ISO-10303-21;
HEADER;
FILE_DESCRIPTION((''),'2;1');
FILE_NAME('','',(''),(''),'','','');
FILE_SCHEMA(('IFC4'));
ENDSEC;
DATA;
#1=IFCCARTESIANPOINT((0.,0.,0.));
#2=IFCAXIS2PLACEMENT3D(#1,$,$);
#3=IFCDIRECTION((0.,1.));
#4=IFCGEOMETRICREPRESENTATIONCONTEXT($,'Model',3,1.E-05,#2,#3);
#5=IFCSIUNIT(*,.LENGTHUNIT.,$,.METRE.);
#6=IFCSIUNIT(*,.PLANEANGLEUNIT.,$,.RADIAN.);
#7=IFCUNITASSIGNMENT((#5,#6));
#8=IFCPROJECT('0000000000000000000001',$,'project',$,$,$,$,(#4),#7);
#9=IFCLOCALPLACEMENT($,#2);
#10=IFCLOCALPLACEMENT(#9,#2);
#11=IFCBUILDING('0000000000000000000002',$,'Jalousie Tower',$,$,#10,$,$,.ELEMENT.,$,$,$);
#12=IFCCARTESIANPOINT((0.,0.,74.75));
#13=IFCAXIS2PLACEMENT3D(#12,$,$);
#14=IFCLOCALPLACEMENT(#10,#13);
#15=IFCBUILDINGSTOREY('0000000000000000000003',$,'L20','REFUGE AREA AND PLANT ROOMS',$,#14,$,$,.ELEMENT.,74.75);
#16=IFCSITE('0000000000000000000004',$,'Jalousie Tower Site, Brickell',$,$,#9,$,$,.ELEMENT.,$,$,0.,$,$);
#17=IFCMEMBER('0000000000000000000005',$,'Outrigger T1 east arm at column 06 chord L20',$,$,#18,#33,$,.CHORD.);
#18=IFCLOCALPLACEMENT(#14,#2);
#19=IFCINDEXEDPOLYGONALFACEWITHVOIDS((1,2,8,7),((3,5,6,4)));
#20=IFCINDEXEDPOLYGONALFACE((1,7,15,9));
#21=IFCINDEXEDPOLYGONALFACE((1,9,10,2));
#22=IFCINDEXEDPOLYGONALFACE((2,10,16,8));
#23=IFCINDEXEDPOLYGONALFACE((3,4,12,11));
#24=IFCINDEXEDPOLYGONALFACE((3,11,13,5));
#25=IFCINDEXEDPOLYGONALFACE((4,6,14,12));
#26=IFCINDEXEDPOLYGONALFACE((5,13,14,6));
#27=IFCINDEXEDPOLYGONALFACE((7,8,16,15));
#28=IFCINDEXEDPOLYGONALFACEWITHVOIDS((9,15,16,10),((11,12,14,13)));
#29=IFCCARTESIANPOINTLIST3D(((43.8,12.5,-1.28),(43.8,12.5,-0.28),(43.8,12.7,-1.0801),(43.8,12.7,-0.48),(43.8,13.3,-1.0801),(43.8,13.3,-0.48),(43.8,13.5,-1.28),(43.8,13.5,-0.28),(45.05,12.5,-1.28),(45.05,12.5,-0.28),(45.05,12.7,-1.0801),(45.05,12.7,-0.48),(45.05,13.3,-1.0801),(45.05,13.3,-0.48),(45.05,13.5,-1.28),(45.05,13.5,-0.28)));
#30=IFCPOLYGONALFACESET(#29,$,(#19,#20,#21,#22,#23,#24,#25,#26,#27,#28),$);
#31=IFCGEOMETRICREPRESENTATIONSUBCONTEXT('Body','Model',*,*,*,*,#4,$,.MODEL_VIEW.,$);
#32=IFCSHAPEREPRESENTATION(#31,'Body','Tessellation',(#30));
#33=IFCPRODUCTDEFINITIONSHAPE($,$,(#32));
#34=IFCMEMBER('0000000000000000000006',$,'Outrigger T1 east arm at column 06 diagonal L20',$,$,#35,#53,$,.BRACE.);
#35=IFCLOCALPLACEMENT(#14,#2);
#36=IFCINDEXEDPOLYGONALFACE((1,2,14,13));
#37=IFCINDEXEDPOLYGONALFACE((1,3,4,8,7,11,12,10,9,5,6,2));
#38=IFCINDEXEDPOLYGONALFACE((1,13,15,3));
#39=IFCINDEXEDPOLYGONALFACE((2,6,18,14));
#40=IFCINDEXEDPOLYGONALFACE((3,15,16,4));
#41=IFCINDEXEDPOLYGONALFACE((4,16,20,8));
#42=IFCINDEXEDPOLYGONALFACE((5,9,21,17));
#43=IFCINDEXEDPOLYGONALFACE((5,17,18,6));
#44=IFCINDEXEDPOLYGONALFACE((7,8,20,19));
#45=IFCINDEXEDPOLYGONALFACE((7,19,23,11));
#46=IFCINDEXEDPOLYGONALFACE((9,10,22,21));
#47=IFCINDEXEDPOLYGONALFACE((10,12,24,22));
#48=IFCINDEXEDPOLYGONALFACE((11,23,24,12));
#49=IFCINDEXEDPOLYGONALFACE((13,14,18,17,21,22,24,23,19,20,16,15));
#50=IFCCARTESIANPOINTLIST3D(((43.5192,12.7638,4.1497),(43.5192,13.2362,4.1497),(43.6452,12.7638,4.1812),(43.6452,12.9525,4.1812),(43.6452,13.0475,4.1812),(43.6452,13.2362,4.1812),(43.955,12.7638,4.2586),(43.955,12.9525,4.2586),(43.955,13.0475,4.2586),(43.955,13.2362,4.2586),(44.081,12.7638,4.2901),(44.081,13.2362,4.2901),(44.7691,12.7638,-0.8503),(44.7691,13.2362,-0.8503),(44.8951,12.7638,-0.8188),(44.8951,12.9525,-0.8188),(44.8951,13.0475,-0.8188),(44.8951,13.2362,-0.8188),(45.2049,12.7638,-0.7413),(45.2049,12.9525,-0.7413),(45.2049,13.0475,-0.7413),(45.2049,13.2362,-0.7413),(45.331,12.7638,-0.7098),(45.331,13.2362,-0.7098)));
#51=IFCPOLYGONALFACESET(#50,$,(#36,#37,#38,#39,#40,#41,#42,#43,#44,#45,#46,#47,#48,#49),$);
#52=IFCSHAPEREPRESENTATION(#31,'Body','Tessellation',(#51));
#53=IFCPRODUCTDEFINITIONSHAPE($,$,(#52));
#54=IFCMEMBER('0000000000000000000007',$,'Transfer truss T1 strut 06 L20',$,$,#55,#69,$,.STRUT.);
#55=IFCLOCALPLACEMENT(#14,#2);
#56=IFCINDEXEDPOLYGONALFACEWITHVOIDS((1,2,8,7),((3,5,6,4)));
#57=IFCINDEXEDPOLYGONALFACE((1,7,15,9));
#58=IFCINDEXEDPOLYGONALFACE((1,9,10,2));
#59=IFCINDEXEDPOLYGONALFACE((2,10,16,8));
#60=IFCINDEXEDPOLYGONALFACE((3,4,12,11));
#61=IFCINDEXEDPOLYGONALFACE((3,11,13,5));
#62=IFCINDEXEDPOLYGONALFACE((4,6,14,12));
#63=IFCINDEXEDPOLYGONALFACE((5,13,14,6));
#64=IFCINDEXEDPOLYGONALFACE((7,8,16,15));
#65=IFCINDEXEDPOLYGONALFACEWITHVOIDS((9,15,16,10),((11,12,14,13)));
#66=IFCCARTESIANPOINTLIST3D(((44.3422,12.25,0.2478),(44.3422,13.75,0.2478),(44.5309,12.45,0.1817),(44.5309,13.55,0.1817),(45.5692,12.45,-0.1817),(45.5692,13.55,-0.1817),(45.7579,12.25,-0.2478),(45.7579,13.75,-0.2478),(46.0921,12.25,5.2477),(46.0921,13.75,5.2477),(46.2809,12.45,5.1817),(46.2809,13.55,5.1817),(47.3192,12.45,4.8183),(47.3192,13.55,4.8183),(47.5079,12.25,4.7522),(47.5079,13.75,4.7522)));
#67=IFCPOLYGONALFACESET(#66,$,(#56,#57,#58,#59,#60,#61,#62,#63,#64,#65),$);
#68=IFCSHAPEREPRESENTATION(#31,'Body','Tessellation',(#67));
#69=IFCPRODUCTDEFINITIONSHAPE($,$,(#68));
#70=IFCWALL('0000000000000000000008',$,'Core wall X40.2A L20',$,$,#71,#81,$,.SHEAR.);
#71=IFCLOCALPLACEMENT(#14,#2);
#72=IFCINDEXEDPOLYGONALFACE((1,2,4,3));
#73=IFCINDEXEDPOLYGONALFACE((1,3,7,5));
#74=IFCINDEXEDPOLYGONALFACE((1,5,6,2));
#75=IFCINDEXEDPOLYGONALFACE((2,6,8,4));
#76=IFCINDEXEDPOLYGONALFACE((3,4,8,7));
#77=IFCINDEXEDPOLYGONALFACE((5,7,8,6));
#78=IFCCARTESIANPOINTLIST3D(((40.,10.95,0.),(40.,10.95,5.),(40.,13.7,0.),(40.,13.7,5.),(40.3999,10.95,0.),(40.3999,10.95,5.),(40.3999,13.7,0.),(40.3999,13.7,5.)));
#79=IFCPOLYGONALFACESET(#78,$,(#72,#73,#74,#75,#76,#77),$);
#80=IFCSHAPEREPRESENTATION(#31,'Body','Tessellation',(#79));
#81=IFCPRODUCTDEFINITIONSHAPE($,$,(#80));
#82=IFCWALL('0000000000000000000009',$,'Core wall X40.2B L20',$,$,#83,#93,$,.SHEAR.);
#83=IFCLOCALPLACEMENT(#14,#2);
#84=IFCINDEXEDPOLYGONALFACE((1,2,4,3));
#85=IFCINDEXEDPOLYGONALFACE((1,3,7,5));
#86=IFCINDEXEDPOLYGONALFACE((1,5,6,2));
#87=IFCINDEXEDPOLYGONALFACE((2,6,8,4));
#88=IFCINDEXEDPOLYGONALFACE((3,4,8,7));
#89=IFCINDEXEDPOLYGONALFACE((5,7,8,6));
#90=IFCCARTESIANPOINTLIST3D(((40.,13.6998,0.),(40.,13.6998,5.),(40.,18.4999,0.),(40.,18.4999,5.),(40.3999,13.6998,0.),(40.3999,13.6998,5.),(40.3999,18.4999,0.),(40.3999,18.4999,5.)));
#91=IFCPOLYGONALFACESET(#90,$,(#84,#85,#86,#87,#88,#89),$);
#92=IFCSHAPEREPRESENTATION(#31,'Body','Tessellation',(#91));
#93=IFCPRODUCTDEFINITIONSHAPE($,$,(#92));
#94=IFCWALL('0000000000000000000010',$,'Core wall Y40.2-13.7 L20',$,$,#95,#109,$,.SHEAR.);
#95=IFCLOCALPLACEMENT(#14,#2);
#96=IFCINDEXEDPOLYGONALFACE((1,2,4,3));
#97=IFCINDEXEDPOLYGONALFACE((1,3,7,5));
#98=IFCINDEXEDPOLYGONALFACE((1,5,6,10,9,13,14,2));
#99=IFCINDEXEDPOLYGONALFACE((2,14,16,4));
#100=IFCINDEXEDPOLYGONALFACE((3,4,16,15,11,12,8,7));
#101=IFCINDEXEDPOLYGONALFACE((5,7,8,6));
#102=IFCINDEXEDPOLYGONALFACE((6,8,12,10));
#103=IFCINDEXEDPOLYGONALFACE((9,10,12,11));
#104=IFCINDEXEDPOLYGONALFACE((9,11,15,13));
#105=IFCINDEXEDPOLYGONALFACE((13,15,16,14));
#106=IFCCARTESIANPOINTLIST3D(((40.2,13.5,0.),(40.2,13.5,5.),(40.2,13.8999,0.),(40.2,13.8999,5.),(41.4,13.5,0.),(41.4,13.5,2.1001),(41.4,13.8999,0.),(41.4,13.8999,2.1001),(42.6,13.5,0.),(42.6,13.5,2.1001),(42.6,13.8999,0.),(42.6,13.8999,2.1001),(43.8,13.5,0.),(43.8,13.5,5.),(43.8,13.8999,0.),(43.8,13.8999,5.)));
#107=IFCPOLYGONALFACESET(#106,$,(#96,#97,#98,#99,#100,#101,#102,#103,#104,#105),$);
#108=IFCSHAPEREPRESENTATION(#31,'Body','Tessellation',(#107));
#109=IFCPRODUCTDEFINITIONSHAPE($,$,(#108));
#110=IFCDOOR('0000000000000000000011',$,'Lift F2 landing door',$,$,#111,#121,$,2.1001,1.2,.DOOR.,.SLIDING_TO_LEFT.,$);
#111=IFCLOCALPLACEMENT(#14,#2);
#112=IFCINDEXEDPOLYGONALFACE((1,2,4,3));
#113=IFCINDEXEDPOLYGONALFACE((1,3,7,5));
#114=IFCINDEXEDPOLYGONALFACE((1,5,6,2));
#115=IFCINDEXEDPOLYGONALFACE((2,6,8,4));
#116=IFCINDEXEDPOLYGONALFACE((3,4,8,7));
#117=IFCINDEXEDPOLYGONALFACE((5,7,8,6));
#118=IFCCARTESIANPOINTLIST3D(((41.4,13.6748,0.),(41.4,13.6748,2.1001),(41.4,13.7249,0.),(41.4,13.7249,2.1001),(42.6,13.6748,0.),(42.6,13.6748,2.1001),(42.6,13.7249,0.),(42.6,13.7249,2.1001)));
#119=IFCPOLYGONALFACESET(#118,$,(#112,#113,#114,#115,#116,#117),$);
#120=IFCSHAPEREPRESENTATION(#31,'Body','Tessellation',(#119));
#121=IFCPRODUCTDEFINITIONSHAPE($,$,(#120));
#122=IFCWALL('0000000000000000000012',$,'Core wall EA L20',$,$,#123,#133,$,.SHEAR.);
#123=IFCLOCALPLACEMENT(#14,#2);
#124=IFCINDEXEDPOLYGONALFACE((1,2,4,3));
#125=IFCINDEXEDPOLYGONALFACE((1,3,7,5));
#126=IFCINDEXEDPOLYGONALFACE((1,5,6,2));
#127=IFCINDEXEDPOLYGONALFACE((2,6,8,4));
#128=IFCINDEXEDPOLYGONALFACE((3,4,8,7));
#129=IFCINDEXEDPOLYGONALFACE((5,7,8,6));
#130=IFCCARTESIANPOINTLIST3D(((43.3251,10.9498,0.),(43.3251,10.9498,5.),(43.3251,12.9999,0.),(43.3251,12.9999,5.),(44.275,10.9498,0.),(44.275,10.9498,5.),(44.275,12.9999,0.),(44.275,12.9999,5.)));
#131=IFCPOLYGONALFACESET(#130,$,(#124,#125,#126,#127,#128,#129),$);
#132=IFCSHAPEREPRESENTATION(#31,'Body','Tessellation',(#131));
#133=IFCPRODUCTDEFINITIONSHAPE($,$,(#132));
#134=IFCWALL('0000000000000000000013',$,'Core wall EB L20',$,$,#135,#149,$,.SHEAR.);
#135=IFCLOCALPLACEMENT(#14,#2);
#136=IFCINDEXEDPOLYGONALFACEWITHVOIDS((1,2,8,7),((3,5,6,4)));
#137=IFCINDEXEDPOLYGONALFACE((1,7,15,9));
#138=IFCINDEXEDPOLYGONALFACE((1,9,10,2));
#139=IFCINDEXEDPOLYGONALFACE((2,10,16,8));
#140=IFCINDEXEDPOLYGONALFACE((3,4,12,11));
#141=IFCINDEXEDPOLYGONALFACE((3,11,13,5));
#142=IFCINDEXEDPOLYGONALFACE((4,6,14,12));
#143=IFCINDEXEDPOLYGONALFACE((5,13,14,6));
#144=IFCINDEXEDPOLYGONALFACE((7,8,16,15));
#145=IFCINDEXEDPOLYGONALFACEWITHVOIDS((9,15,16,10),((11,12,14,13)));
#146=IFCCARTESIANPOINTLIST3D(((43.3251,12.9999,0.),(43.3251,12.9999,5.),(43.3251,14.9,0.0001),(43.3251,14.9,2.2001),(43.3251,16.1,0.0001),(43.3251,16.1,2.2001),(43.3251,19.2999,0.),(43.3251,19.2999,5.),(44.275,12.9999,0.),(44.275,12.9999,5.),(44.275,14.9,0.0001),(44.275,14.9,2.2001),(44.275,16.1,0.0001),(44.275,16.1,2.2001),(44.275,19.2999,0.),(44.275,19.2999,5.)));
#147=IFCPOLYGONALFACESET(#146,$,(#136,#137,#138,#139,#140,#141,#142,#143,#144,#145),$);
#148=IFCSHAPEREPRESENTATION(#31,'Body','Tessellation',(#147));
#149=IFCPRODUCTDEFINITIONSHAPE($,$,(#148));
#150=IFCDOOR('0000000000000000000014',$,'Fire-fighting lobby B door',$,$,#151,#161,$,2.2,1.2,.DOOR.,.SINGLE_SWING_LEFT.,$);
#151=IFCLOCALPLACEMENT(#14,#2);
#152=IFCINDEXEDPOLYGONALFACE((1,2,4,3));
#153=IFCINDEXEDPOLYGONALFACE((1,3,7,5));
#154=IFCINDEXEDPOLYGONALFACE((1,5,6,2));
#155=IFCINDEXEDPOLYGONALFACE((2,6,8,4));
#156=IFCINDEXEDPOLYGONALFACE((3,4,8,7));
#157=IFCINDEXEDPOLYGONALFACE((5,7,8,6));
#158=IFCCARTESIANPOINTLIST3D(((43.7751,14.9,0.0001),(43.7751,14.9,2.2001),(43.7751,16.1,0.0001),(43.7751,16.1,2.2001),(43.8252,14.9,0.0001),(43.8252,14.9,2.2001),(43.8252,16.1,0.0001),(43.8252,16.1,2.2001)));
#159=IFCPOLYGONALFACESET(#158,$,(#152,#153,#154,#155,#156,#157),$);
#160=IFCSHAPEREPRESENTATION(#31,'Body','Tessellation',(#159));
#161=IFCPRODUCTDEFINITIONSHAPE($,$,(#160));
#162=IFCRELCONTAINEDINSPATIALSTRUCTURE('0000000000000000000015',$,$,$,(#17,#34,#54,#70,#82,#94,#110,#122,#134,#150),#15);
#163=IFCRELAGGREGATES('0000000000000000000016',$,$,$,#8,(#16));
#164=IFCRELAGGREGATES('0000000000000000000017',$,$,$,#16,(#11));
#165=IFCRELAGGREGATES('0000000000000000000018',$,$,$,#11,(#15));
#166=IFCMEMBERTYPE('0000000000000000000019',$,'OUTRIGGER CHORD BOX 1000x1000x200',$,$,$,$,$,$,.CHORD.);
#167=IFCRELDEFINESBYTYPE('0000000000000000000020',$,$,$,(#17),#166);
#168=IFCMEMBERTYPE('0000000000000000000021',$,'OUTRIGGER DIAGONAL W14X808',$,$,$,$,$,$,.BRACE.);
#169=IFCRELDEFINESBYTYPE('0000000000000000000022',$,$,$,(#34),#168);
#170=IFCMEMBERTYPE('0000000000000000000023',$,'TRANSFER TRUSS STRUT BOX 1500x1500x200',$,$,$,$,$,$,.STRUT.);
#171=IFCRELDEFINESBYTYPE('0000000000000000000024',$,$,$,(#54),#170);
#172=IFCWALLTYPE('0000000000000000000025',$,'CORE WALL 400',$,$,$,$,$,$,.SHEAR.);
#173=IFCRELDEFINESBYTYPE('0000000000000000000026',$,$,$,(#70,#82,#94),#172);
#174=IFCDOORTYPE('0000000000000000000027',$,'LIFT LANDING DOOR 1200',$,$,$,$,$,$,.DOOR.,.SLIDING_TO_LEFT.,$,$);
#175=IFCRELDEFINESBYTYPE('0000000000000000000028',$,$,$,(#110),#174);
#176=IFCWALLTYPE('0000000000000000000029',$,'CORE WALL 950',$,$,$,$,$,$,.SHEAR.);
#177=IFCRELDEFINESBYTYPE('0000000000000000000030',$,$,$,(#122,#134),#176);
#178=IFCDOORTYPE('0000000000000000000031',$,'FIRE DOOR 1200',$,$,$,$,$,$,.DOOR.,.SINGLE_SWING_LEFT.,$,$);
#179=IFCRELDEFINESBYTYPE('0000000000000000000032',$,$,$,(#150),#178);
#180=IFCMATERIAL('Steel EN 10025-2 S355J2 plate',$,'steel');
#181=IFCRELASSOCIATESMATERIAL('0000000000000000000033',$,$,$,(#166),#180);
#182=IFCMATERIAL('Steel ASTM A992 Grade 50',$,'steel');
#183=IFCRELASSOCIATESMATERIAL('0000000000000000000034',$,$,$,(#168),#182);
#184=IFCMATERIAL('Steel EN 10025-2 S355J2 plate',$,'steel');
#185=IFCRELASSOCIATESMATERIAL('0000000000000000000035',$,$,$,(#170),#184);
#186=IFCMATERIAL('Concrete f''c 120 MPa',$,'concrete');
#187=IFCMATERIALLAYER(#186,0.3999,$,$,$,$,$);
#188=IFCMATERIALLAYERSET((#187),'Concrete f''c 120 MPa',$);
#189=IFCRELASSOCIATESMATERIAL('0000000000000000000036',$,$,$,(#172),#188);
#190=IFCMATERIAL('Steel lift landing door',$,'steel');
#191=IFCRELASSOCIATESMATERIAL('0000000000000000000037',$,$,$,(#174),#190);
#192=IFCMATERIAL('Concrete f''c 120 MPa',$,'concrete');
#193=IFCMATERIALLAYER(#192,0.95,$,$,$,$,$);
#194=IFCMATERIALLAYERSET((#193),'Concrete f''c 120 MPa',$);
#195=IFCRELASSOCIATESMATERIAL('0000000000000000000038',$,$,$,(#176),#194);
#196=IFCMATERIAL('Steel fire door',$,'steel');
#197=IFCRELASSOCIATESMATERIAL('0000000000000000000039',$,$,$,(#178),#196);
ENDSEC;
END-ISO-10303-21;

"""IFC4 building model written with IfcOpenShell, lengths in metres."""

from ifc_helpers import new_model, si_unit, direction, frame, frame_2d, origin, origin_2d, place, context, subcontext, project, spatial, rectangle, hollow_rectangle, i_section, extrude, material, layer, layer_set, material_profile, profile_set, type_object, element, fill, save


model = new_model("IFC4")

# Units and contexts
model_context = context("Model", 3, precision=1e-05, world=origin(), true_north=direction((0.0, 1.0)))
body_context = subcontext(model_context, "Body", "Model", "MODEL_VIEW")
ifc_project = project(units=[si_unit("LENGTHUNIT", "METRE"), si_unit("PLANEANGLEUNIT", "RADIAN")], contexts=[model_context])

# Site, building, storey
site_placement = place(None, origin())
site = spatial("IfcSite", under=ifc_project, at=site_placement, Name="Jalousie Tower Site, Brickell", CompositionType="ELEMENT", RefElevation=0.0)
building_placement = place(site_placement, origin())
building = spatial("IfcBuilding", under=site, at=building_placement, Name="Jalousie Tower", CompositionType="ELEMENT")
storey_placement = place(building_placement, frame((0.0, 0.0, 74.75)))
storey = spatial("IfcBuildingStorey", under=building, at=storey_placement, Name="L20", Description="REFUGE AREA AND PLANT ROOMS", CompositionType="ELEMENT", Elevation=74.75)

# Members
ifc_material_1 = material(Name="Steel EN 10025-2 S355J2 plate", Category="steel")
ifc_material_profile_1 = material_profile(ifc_material_1, hollow_rectangle(XDim=1.0, YDim=1.0, WallThickness=0.2, at=origin_2d()), Name="BOX 1000x1000x200")
ifc_profile_set_1 = profile_set([ifc_material_profile_1], Name="Steel EN 10025-2 S355J2 plate")
member_type_1 = type_object("IfcMemberType", Name="OUTRIGGER CHORD BOX 1000x1000x200", PredefinedType="CHORD", material=ifc_profile_set_1)
member_1_placement = place(storey_placement, frame((45.05, 13.0, -0.78), z_axis=(-1.0, 0.0, 0.0), x_axis=(0.0, -1.0, 0.0)))
element("IfcMember", 1, at=member_1_placement, inside=storey, type_object=member_type_1, Name="Outrigger T1 east arm at column 06 chord L20", PredefinedType="CHORD", context=body_context, shape_type="SweptSolid", body=[
    extrude(hollow_rectangle(XDim=1.0, YDim=1.0, WallThickness=0.2, at=origin_2d()), origin(), (0.0, 0.0, 1.0), 1.25),
])
ifc_material_2 = material(Name="Steel ASTM A992 Grade 50", Category="steel")
ifc_material_profile_2 = material_profile(ifc_material_2, i_section(OverallWidth=0.4724, OverallDepth=0.5791, WebThickness=0.095, FlangeThickness=0.1299, at=origin_2d()), Name="W14X808")
ifc_profile_set_2 = profile_set([ifc_material_profile_2], Name="Steel ASTM A992 Grade 50")
member_type_2 = type_object("IfcMemberType", Name="OUTRIGGER DIAGONAL W14X808", PredefinedType="BRACE", material=ifc_profile_set_2)
member_2_placement = place(storey_placement, frame((45.05, 13.0, -0.78), z_axis=(-0.242536, 0.0, 0.970143), x_axis=(0.0, -1.0, 0.0)))
element("IfcMember", 2, at=member_2_placement, inside=storey, type_object=member_type_2, Name="Outrigger T1 east arm at column 06 diagonal L20", PredefinedType="BRACE", context=body_context, shape_type="SweptSolid", body=[
    extrude(i_section(OverallWidth=0.4724, OverallDepth=0.5791, WebThickness=0.095, FlangeThickness=0.1299, at=origin_2d()), origin(), (0.0, 0.0, 1.0), 5.1538),
])
ifc_material_3 = material(Name="Steel EN 10025-2 S355J2 plate", Category="steel")
ifc_material_profile_3 = material_profile(ifc_material_3, hollow_rectangle(XDim=1.5, YDim=1.5, WallThickness=0.2, at=origin_2d()), Name="BOX 1500x1500x200")
ifc_profile_set_3 = profile_set([ifc_material_profile_3], Name="Steel EN 10025-2 S355J2 plate")
member_type_3 = type_object("IfcMemberType", Name="TRANSFER TRUSS STRUT BOX 1500x1500x200", PredefinedType="STRUT", material=ifc_profile_set_3)
member_3_placement = place(storey_placement, frame((45.05, 13.0, 0.0), z_axis=(0.33035, 0.0, 0.943858), x_axis=(0.0, 1.0, 0.0)))
element("IfcMember", 3, at=member_3_placement, inside=storey, type_object=member_type_3, Name="Transfer truss T1 strut 06 L20", PredefinedType="STRUT", context=body_context, shape_type="SweptSolid", body=[
    extrude(hollow_rectangle(XDim=1.5, YDim=1.5, WallThickness=0.2, at=origin_2d()), origin(), (0.0, 0.0, 1.0), 5.2974),
])

# Walls
ifc_material_4 = material(Name="Concrete f'c 120 MPa", Category="concrete")
ifc_layer_1 = layer(ifc_material_4, 0.3999)
ifc_layer_set_1 = layer_set([ifc_layer_1], Name="Concrete f'c 120 MPa")
wall_type_1 = type_object("IfcWallType", Name="CORE WALL 400", PredefinedType="SHEAR", material=ifc_layer_set_1)
wall_1_placement = place(storey_placement, frame((40.2, 10.95, 0.0), z_axis=(0.0, 0.0, 1.0), x_axis=(0.0, 1.0, 0.0)))
element("IfcWall", 4, at=wall_1_placement, inside=storey, type_object=wall_type_1, Name="Core wall X40.2A L20", PredefinedType="SHEAR", context=body_context, shape_type="SweptSolid", body=[
    extrude(rectangle(XDim=2.75, YDim=0.3999, at=frame_2d((1.375, 0.0))), origin(), (0.0, 0.0, 1.0), 5.0),
])
wall_2_placement = place(storey_placement, frame((40.2, 13.7, 0.0), z_axis=(0.0, 0.0, 1.0), x_axis=(0.0, 1.0, 0.0)))
element("IfcWall", 5, at=wall_2_placement, inside=storey, type_object=wall_type_1, Name="Core wall X40.2B L20", PredefinedType="SHEAR", context=body_context, shape_type="SweptSolid", body=[
    extrude(rectangle(XDim=4.8, YDim=0.3999, at=frame_2d((2.3999, 0.0))), origin(), (0.0, 0.0, 1.0), 5.0),
])

# Wall, opening, door
wall_3_placement = place(storey_placement, frame((40.2, 13.7, 0.0), z_axis=(0.0, 0.0, 1.0), x_axis=(1.0, 0.0, 0.0)))
wall_3 = element("IfcWall", 6, at=wall_3_placement, inside=storey, type_object=wall_type_1, Name="Core wall Y40.2-13.7 L20", PredefinedType="SHEAR", context=body_context, shape_type="SweptSolid", body=[
    extrude(rectangle(XDim=3.6001, YDim=0.3999, at=frame_2d((1.8, 0.0))), origin(), (0.0, 0.0, 1.0), 5.0),
])
opening_1_placement = place(wall_3_placement, frame((1.2, 0.0, 0.0)))
opening_1 = element("IfcOpeningElement", 7, at=opening_1_placement, cuts=wall_3, PredefinedType="OPENING", context=body_context, shape_type="SweptSolid", body=[
    extrude(rectangle(XDim=1.2, YDim=2.1001, at=frame_2d((0.6001, 1.05))), frame((0.0, 0.21, 0.0), z_axis=(0.0, -1.0, 0.0), x_axis=(1.0, 0.0, 0.0)), (0.0, 0.0, 1.0), 0.4199),
])
ifc_material_5 = material(Name="Steel lift landing door", Category="steel")
door_type_1 = type_object("IfcDoorType", Name="LIFT LANDING DOOR 1200", OperationType="SLIDING_TO_LEFT", PredefinedType="DOOR", material=ifc_material_5)
door_1_placement = place(opening_1_placement, origin())
door_1 = element("IfcDoor", 8, at=door_1_placement, inside=storey, type_object=door_type_1, Name="Lift F2 landing door", OperationType="SLIDING_TO_LEFT", OverallHeight=2.1001, OverallWidth=1.2, PredefinedType="DOOR", context=body_context, shape_type="SweptSolid", body=[
    extrude(rectangle(XDim=1.2, YDim=2.1001, at=frame_2d((0.6001, 1.05))), frame((0.0, 0.0249, 0.0), z_axis=(0.0, -1.0, 0.0), x_axis=(1.0, 0.0, 0.0)), (0.0, 0.0, 1.0), 0.05),
])
fill(opening_1, door_1)

# Wall
ifc_material_6 = material(Name="Concrete f'c 120 MPa", Category="concrete")
ifc_layer_2 = layer(ifc_material_6, 0.95)
ifc_layer_set_2 = layer_set([ifc_layer_2], Name="Concrete f'c 120 MPa")
wall_type_2 = type_object("IfcWallType", Name="CORE WALL 950", PredefinedType="SHEAR", material=ifc_layer_set_2)
wall_4_placement = place(storey_placement, frame((43.8, 10.95, 0.0), z_axis=(0.0, 0.0, 1.0), x_axis=(0.0, 1.0, 0.0)))
element("IfcWall", 9, at=wall_4_placement, inside=storey, type_object=wall_type_2, Name="Core wall EA L20", PredefinedType="SHEAR", context=body_context, shape_type="SweptSolid", body=[
    extrude(rectangle(XDim=2.05, YDim=0.95, at=frame_2d((1.0249, 0.0))), origin(), (0.0, 0.0, 1.0), 5.0),
])

# Wall, opening, door
wall_5_placement = place(storey_placement, frame((43.8, 13.0, 0.0), z_axis=(0.0, 0.0, 1.0), x_axis=(0.0, 1.0, 0.0)))
wall_5 = element("IfcWall", 10, at=wall_5_placement, inside=storey, type_object=wall_type_2, Name="Core wall EB L20", PredefinedType="SHEAR", context=body_context, shape_type="SweptSolid", body=[
    extrude(rectangle(XDim=6.3, YDim=0.95, at=frame_2d((3.1499, 0.0))), origin(), (0.0, 0.0, 1.0), 5.0),
])
opening_2_placement = place(wall_5_placement, frame((1.8999, 0.0, 0.0)))
opening_2 = element("IfcOpeningElement", 11, at=opening_2_placement, cuts=wall_5, PredefinedType="OPENING", context=body_context, shape_type="SweptSolid", body=[
    extrude(rectangle(XDim=1.2, YDim=2.2, at=frame_2d((0.6001, 1.1001))), frame((0.0, 0.4849, 0.0), z_axis=(0.0, -1.0, 0.0), x_axis=(1.0, 0.0, 0.0)), (0.0, 0.0, 1.0), 0.97),
])
ifc_material_7 = material(Name="Steel fire door", Category="steel")
door_type_2 = type_object("IfcDoorType", Name="FIRE DOOR 1200", OperationType="SINGLE_SWING_LEFT", PredefinedType="DOOR", material=ifc_material_7)
door_2_placement = place(opening_2_placement, origin())
door_2 = element("IfcDoor", 12, at=door_2_placement, inside=storey, type_object=door_type_2, Name="Fire-fighting lobby B door", OperationType="SINGLE_SWING_LEFT", OverallHeight=2.2, OverallWidth=1.2, PredefinedType="DOOR", context=body_context, shape_type="SweptSolid", body=[
    extrude(rectangle(XDim=1.2, YDim=2.2, at=frame_2d((0.6001, 1.1001))), frame((0.0, 0.0249, 0.0), z_axis=(0.0, -1.0, 0.0), x_axis=(1.0, 0.0, 0.0)), (0.0, 0.0, 1.0), 0.05),
])
fill(opening_2, door_2)

save(model, "model.ifc")
